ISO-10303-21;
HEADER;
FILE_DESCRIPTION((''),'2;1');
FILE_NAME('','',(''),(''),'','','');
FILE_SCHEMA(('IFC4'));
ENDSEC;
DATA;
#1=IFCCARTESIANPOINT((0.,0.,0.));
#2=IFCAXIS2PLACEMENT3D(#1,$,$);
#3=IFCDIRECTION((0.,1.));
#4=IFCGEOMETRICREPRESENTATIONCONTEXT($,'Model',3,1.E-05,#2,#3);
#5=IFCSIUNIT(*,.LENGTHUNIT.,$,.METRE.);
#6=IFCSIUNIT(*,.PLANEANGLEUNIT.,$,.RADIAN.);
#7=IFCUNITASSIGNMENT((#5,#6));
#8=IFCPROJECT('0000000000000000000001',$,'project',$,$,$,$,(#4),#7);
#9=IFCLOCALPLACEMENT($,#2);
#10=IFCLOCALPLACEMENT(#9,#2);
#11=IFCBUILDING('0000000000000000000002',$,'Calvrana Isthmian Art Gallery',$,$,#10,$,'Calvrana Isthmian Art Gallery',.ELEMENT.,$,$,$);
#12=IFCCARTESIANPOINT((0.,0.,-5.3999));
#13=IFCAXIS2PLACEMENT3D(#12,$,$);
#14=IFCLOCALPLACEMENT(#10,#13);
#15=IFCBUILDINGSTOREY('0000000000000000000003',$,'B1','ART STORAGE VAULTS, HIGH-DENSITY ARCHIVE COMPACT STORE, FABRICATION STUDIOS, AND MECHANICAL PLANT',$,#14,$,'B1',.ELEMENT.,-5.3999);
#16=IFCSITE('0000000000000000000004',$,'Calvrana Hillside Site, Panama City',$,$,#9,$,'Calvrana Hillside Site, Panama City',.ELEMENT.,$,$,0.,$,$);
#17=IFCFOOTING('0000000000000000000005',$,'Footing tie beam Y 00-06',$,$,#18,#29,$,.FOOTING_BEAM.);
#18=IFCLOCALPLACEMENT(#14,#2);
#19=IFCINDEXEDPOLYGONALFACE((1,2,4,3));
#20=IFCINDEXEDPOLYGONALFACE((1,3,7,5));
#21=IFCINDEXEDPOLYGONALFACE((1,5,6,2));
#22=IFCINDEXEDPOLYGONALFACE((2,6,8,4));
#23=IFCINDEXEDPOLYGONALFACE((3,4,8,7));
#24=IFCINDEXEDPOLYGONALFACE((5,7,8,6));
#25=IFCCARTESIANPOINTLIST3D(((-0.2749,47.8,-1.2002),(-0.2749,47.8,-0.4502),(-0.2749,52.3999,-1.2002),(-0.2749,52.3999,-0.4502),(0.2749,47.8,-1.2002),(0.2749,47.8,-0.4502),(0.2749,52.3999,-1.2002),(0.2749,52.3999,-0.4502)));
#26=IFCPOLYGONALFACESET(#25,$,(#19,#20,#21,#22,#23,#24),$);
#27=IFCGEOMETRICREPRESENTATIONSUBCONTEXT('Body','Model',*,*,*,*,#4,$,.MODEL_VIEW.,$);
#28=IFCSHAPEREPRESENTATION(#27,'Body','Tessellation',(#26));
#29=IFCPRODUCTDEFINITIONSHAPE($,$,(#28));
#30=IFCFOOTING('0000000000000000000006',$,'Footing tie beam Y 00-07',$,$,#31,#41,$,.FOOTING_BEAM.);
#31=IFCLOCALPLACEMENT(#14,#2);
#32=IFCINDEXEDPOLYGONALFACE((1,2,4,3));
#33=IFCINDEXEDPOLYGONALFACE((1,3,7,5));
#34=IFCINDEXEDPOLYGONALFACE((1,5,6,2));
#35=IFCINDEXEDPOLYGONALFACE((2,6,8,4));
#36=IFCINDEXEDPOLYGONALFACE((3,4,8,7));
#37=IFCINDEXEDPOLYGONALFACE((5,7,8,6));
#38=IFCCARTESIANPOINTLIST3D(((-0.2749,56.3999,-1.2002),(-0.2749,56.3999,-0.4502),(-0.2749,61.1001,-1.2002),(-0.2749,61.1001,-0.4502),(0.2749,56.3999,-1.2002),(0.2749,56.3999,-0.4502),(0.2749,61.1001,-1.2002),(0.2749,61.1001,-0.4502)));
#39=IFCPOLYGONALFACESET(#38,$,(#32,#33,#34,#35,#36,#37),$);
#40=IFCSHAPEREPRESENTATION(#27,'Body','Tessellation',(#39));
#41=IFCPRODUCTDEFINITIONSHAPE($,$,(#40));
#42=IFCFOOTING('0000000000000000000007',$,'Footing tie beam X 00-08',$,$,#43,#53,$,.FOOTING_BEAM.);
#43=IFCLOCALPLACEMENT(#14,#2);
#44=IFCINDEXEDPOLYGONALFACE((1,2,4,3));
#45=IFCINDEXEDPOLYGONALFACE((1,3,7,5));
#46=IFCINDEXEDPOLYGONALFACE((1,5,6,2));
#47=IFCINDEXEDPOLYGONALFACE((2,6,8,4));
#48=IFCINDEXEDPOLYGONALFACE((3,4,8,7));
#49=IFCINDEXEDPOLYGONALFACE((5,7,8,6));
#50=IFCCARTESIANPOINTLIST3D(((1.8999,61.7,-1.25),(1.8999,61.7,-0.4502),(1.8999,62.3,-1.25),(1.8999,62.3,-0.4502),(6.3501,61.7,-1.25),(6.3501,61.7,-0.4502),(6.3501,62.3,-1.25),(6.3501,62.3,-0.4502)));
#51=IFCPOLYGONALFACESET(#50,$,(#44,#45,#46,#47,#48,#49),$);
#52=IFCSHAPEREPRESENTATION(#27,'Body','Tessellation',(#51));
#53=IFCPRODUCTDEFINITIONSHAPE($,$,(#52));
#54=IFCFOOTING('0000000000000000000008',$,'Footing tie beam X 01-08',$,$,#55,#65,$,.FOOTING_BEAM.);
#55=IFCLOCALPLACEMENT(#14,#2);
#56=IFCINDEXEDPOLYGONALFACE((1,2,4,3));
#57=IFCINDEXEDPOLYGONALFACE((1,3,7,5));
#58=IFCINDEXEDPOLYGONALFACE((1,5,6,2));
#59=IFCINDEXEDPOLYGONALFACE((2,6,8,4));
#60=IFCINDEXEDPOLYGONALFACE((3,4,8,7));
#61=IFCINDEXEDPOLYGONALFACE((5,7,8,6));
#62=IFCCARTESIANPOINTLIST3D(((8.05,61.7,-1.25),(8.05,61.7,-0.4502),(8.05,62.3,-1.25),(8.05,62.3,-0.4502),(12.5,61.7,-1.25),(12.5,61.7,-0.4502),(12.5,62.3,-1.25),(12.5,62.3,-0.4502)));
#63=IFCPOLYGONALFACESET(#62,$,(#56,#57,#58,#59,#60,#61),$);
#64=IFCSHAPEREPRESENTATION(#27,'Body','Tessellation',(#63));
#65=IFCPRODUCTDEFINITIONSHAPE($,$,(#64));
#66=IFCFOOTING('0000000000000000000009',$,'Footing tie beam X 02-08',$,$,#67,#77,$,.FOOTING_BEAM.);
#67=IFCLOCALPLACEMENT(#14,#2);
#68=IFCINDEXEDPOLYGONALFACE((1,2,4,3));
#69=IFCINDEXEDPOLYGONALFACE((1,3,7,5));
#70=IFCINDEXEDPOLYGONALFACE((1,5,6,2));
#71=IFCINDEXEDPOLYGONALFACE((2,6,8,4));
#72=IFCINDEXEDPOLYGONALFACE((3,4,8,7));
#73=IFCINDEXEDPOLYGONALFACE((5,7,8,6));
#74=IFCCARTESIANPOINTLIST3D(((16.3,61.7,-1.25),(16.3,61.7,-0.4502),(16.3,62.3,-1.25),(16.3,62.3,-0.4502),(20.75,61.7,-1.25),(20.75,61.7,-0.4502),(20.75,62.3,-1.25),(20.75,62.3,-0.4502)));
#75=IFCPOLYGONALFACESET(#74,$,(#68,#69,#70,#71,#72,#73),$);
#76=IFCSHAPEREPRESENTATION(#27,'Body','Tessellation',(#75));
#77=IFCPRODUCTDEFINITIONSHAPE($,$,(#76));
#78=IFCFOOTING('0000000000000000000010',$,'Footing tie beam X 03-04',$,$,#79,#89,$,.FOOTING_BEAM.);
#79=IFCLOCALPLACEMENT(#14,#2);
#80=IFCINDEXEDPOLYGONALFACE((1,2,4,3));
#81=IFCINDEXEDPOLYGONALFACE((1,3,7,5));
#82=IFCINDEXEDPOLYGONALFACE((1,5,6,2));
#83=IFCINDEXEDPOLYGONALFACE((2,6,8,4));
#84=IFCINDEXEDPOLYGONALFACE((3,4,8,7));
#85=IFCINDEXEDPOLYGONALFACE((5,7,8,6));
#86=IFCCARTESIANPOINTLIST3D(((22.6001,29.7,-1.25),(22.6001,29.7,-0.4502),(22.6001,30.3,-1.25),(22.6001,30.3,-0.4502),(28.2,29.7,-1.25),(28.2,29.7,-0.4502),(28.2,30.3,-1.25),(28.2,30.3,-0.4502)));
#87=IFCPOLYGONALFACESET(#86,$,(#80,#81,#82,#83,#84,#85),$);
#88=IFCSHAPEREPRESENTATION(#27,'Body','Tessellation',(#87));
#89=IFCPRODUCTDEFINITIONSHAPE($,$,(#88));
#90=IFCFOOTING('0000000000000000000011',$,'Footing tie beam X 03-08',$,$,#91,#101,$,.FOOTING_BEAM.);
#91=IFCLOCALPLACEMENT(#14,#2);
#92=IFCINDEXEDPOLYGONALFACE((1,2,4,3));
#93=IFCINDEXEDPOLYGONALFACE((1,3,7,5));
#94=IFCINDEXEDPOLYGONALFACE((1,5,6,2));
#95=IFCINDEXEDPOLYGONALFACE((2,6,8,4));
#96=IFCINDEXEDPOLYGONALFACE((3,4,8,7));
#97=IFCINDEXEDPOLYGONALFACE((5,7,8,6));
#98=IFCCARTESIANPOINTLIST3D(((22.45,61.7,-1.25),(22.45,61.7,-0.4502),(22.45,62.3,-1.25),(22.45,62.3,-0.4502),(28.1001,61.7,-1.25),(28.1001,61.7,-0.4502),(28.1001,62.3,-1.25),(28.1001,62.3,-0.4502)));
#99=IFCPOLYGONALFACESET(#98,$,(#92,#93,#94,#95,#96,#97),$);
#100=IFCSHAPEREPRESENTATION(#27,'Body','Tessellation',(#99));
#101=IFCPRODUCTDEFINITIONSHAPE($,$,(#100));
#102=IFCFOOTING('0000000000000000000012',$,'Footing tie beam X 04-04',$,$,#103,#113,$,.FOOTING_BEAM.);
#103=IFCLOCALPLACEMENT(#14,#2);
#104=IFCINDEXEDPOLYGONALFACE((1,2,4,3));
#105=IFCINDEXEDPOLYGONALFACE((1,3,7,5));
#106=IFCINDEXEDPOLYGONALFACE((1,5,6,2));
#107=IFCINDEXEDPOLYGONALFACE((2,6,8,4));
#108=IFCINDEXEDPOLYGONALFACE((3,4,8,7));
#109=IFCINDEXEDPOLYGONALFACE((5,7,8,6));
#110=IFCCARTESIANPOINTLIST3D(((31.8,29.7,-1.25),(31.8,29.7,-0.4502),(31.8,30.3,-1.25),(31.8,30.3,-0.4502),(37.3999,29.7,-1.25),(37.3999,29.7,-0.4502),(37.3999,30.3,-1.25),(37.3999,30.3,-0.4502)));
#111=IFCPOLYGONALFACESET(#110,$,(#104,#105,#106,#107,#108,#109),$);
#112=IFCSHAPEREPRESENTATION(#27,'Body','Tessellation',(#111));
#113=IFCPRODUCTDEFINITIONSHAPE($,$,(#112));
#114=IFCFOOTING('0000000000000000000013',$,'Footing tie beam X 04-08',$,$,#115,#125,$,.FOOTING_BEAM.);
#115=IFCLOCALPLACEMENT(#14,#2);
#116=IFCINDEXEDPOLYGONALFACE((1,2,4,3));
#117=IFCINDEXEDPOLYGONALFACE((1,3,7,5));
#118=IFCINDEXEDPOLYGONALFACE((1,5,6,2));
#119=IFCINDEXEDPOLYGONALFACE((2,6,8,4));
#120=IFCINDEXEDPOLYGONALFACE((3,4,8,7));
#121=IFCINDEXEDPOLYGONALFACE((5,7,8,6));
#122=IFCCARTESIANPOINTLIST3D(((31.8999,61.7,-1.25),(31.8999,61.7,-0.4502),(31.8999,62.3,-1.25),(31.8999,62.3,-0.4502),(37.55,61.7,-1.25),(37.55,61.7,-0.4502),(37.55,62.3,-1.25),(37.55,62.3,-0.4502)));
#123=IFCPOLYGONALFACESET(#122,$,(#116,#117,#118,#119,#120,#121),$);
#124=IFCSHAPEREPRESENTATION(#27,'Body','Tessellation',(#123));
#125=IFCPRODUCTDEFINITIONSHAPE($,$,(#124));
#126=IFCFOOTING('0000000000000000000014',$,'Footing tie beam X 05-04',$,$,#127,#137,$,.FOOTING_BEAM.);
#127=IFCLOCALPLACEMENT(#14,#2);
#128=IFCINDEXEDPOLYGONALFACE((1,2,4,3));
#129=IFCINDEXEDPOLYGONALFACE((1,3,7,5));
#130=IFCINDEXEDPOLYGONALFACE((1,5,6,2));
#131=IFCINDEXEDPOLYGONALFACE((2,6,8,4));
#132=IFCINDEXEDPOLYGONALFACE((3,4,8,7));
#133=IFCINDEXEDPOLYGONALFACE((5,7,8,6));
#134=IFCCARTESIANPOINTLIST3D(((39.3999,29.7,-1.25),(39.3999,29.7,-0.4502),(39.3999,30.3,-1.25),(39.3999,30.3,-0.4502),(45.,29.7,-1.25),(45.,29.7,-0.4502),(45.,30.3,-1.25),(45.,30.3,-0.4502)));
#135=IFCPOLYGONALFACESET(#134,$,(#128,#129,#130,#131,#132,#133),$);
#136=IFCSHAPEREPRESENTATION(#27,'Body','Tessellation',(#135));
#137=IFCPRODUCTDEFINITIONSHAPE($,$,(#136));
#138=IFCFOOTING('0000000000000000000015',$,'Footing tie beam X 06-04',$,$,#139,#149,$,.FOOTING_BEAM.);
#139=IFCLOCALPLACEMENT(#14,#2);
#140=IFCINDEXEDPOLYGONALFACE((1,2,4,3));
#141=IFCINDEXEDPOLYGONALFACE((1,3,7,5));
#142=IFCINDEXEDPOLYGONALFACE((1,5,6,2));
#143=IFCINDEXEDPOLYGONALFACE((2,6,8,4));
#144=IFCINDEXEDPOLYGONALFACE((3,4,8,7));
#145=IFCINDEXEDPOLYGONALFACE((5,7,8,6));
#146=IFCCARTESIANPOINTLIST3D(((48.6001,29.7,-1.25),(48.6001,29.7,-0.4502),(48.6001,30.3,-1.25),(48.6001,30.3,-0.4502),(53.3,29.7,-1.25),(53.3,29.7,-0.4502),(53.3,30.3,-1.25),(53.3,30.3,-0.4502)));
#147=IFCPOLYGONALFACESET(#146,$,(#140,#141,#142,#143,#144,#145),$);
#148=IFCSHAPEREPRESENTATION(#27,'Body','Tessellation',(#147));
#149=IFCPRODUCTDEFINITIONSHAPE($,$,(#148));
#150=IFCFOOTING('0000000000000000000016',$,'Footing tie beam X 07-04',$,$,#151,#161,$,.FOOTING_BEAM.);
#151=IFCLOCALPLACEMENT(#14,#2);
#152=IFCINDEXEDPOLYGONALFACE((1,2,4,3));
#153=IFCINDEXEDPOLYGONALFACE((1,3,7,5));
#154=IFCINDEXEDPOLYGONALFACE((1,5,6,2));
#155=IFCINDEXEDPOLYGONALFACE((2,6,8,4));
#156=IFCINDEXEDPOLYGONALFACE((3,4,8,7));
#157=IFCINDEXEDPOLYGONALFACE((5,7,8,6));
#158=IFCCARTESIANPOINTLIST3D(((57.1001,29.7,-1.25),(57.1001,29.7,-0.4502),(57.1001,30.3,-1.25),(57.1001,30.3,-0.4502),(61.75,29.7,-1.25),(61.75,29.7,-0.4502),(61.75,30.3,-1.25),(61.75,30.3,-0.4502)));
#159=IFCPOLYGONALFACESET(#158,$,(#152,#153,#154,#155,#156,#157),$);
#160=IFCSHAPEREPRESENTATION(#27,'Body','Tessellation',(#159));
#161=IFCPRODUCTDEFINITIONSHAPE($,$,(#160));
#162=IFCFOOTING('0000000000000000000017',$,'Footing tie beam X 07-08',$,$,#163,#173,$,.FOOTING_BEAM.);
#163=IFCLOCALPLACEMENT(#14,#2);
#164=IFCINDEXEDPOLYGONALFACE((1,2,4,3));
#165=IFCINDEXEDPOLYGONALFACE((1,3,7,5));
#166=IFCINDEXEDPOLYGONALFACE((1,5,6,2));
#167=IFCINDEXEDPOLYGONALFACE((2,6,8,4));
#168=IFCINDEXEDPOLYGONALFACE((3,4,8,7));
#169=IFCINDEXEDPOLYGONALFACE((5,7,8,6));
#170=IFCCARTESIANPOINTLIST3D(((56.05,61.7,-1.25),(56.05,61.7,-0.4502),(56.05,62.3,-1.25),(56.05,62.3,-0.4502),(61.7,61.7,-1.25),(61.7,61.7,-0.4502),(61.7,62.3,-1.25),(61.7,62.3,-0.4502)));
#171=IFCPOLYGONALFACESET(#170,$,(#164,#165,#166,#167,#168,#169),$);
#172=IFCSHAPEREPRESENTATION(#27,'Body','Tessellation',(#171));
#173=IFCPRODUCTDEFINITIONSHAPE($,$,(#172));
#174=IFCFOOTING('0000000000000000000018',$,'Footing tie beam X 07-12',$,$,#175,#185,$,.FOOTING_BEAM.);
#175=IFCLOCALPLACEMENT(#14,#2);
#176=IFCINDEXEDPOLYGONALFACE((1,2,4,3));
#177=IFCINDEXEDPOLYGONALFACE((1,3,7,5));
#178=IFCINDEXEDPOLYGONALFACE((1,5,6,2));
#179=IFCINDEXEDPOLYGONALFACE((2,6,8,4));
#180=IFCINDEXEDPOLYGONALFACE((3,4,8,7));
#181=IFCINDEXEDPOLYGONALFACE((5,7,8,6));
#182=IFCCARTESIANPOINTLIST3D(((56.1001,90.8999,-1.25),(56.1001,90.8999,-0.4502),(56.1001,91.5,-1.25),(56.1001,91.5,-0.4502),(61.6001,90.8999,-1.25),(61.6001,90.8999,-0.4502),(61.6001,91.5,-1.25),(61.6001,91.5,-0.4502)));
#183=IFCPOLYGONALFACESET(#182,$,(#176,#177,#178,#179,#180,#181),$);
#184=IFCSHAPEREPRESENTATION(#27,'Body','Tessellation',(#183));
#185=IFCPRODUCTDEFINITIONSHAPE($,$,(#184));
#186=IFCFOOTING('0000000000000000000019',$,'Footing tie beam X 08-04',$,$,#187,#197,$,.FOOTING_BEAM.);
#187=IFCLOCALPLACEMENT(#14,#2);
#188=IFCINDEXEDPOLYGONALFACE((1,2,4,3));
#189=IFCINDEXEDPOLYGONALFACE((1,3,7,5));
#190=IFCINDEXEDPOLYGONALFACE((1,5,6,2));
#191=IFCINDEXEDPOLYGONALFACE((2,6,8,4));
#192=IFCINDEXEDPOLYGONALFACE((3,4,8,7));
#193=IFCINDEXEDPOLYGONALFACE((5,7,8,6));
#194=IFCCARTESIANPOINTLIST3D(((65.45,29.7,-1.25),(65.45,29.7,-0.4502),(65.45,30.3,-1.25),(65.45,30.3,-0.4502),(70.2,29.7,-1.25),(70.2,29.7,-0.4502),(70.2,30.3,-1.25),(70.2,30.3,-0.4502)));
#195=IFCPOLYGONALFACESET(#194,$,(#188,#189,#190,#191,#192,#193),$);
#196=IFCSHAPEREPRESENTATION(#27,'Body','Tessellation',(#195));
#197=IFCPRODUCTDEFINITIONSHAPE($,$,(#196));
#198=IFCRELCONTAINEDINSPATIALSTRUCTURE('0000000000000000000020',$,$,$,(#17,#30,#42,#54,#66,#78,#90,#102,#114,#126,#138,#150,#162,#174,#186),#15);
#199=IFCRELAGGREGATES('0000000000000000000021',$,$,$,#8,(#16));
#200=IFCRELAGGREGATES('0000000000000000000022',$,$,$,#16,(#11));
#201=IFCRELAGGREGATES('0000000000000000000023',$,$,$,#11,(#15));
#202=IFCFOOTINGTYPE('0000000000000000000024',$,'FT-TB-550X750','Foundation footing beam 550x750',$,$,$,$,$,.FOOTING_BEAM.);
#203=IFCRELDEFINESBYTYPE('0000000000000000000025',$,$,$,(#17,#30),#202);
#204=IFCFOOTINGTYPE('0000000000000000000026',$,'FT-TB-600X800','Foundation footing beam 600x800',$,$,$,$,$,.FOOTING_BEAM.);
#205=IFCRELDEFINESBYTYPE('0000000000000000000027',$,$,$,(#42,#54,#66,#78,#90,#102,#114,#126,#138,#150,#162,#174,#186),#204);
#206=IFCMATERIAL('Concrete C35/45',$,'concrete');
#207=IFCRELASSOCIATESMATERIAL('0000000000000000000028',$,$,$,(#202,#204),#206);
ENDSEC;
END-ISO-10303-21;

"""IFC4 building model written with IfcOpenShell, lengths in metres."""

from ifc_helpers import new_model, si_unit, direction, frame, origin, place, context, subcontext, project, spatial, polyline, outline, extrude, material, type_object, element, save


model = new_model("IFC4")

# Units and contexts
model_context = context("Model", 3, precision=1e-05, world=origin(), true_north=direction((0.0, 1.0)))
body_context = subcontext(model_context, "Body", "Model", "MODEL_VIEW")
ifc_project = project(units=[si_unit("LENGTHUNIT", "METRE"), si_unit("PLANEANGLEUNIT", "RADIAN")], contexts=[model_context])

# Site, building, storey
site_placement = place(None, origin())
site = spatial("IfcSite", under=ifc_project, at=site_placement, Name="Calvrana Hillside Site, Panama City", LongName="Calvrana Hillside Site, Panama City", CompositionType="ELEMENT", RefElevation=0.0)
building_placement = place(site_placement, origin())
building = spatial("IfcBuilding", under=site, at=building_placement, Name="Calvrana Isthmian Art Gallery", LongName="Calvrana Isthmian Art Gallery", CompositionType="ELEMENT")
storey_placement = place(building_placement, frame((0.0, 0.0, -5.3999)))
storey = spatial("IfcBuildingStorey", under=building, at=storey_placement, Name="B1", Description="ART STORAGE VAULTS, HIGH-DENSITY ARCHIVE COMPACT STORE, FABRICATION STUDIOS, AND MECHANICAL PLANT", LongName="B1", CompositionType="ELEMENT", Elevation=-5.3999)

# Footings
ifc_material = material(Name="Concrete C35/45", Category="concrete")
footing_type_1 = type_object("IfcFootingType", Name="FT-TB-550X750", Description="Foundation footing beam 550x750", PredefinedType="FOOTING_BEAM", material=ifc_material)
footing_1_placement = place(storey_placement, frame((0.0, 0.0, -1.2002)))
element("IfcFooting", 1, at=footing_1_placement, inside=storey, type_object=footing_type_1, Name="Footing tie beam Y 00-06", PredefinedType="FOOTING_BEAM", context=body_context, shape_type="SweptSolid", body=[
    extrude(outline(polyline([(-0.2749, 47.8), (0.2749, 47.8), (0.2749, 52.3999), (-0.2749, 52.3999), (-0.2749, 47.8)])), origin(), (0.0, 0.0, 1.0), 0.75),
])
footing_2_placement = place(storey_placement, frame((0.0, 0.0, -1.2002)))
element("IfcFooting", 2, at=footing_2_placement, inside=storey, type_object=footing_type_1, Name="Footing tie beam Y 00-07", PredefinedType="FOOTING_BEAM", context=body_context, shape_type="SweptSolid", body=[
    extrude(outline(polyline([(-0.2749, 56.3999), (0.2749, 56.3999), (0.2749, 61.1001), (-0.2749, 61.1001), (-0.2749, 56.3999)])), origin(), (0.0, 0.0, 1.0), 0.75),
])
footing_type_2 = type_object("IfcFootingType", Name="FT-TB-600X800", Description="Foundation footing beam 600x800", PredefinedType="FOOTING_BEAM", material=ifc_material)
footing_3_placement = place(storey_placement, frame((0.0, 0.0, -1.25)))
element("IfcFooting", 3, at=footing_3_placement, inside=storey, type_object=footing_type_2, Name="Footing tie beam X 00-08", PredefinedType="FOOTING_BEAM", context=body_context, shape_type="SweptSolid", body=[
    extrude(outline(polyline([(1.8999, 61.7), (6.3501, 61.7), (6.3501, 62.3), (1.8999, 62.3), (1.8999, 61.7)])), origin(), (0.0, 0.0, 1.0), 0.7998),
])
footing_4_placement = place(storey_placement, frame((0.0, 0.0, -1.25)))
element("IfcFooting", 4, at=footing_4_placement, inside=storey, type_object=footing_type_2, Name="Footing tie beam X 01-08", PredefinedType="FOOTING_BEAM", context=body_context, shape_type="SweptSolid", body=[
    extrude(outline(polyline([(8.05, 61.7), (12.5, 61.7), (12.5, 62.3), (8.05, 62.3), (8.05, 61.7)])), origin(), (0.0, 0.0, 1.0), 0.7998),
])
footing_5_placement = place(storey_placement, frame((0.0, 0.0, -1.25)))
element("IfcFooting", 5, at=footing_5_placement, inside=storey, type_object=footing_type_2, Name="Footing tie beam X 02-08", PredefinedType="FOOTING_BEAM", context=body_context, shape_type="SweptSolid", body=[
    extrude(outline(polyline([(16.3, 61.7), (20.75, 61.7), (20.75, 62.3), (16.3, 62.3), (16.3, 61.7)])), origin(), (0.0, 0.0, 1.0), 0.7998),
])
footing_6_placement = place(storey_placement, frame((0.0, 0.0, -1.25)))
element("IfcFooting", 6, at=footing_6_placement, inside=storey, type_object=footing_type_2, Name="Footing tie beam X 03-04", PredefinedType="FOOTING_BEAM", context=body_context, shape_type="SweptSolid", body=[
    extrude(outline(polyline([(22.6001, 29.7), (28.2, 29.7), (28.2, 30.3), (22.6001, 30.3), (22.6001, 29.7)])), origin(), (0.0, 0.0, 1.0), 0.7998),
])
footing_7_placement = place(storey_placement, frame((0.0, 0.0, -1.25)))
element("IfcFooting", 7, at=footing_7_placement, inside=storey, type_object=footing_type_2, Name="Footing tie beam X 03-08", PredefinedType="FOOTING_BEAM", context=body_context, shape_type="SweptSolid", body=[
    extrude(outline(polyline([(22.45, 61.7), (28.1001, 61.7), (28.1001, 62.3), (22.45, 62.3), (22.45, 61.7)])), origin(), (0.0, 0.0, 1.0), 0.7998),
])
footing_8_placement = place(storey_placement, frame((0.0, 0.0, -1.25)))
element("IfcFooting", 8, at=footing_8_placement, inside=storey, type_object=footing_type_2, Name="Footing tie beam X 04-04", PredefinedType="FOOTING_BEAM", context=body_context, shape_type="SweptSolid", body=[
    extrude(outline(polyline([(31.8, 29.7), (37.3999, 29.7), (37.3999, 30.3), (31.8, 30.3), (31.8, 29.7)])), origin(), (0.0, 0.0, 1.0), 0.7998),
])
footing_9_placement = place(storey_placement, frame((0.0, 0.0, -1.25)))
element("IfcFooting", 9, at=footing_9_placement, inside=storey, type_object=footing_type_2, Name="Footing tie beam X 04-08", PredefinedType="FOOTING_BEAM", context=body_context, shape_type="SweptSolid", body=[
    extrude(outline(polyline([(31.8999, 61.7), (37.55, 61.7), (37.55, 62.3), (31.8999, 62.3), (31.8999, 61.7)])), origin(), (0.0, 0.0, 1.0), 0.7998),
])
footing_10_placement = place(storey_placement, frame((0.0, 0.0, -1.25)))
element("IfcFooting", 10, at=footing_10_placement, inside=storey, type_object=footing_type_2, Name="Footing tie beam X 05-04", PredefinedType="FOOTING_BEAM", context=body_context, shape_type="SweptSolid", body=[
    extrude(outline(polyline([(39.3999, 29.7), (45.0, 29.7), (45.0, 30.3), (39.3999, 30.3), (39.3999, 29.7)])), origin(), (0.0, 0.0, 1.0), 0.7998),
])
footing_11_placement = place(storey_placement, frame((0.0, 0.0, -1.25)))
element("IfcFooting", 11, at=footing_11_placement, inside=storey, type_object=footing_type_2, Name="Footing tie beam X 06-04", PredefinedType="FOOTING_BEAM", context=body_context, shape_type="SweptSolid", body=[
    extrude(outline(polyline([(48.6001, 29.7), (53.3, 29.7), (53.3, 30.3), (48.6001, 30.3), (48.6001, 29.7)])), origin(), (0.0, 0.0, 1.0), 0.7998),
])
footing_12_placement = place(storey_placement, frame((0.0, 0.0, -1.25)))
element("IfcFooting", 12, at=footing_12_placement, inside=storey, type_object=footing_type_2, Name="Footing tie beam X 07-04", PredefinedType="FOOTING_BEAM", context=body_context, shape_type="SweptSolid", body=[
    extrude(outline(polyline([(57.1001, 29.7), (61.75, 29.7), (61.75, 30.3), (57.1001, 30.3), (57.1001, 29.7)])), origin(), (0.0, 0.0, 1.0), 0.7998),
])
footing_13_placement = place(storey_placement, frame((0.0, 0.0, -1.25)))
element("IfcFooting", 13, at=footing_13_placement, inside=storey, type_object=footing_type_2, Name="Footing tie beam X 07-08", PredefinedType="FOOTING_BEAM", context=body_context, shape_type="SweptSolid", body=[
    extrude(outline(polyline([(56.05, 61.7), (61.7, 61.7), (61.7, 62.3), (56.05, 62.3), (56.05, 61.7)])), origin(), (0.0, 0.0, 1.0), 0.7998),
])
footing_14_placement = place(storey_placement, frame((0.0, 0.0, -1.25)))
element("IfcFooting", 14, at=footing_14_placement, inside=storey, type_object=footing_type_2, Name="Footing tie beam X 07-12", PredefinedType="FOOTING_BEAM", context=body_context, shape_type="SweptSolid", body=[
    extrude(outline(polyline([(56.1001, 90.8999), (61.6001, 90.8999), (61.6001, 91.5), (56.1001, 91.5), (56.1001, 90.8999)])), origin(), (0.0, 0.0, 1.0), 0.7998),
])
footing_15_placement = place(storey_placement, frame((0.0, 0.0, -1.25)))
element("IfcFooting", 15, at=footing_15_placement, inside=storey, type_object=footing_type_2, Name="Footing tie beam X 08-04", PredefinedType="FOOTING_BEAM", context=body_context, shape_type="SweptSolid", body=[
    extrude(outline(polyline([(65.45, 29.7), (70.2, 29.7), (70.2, 30.3), (65.45, 30.3), (65.45, 29.7)])), origin(), (0.0, 0.0, 1.0), 0.7998),
])

save(model, "model.ifc")
